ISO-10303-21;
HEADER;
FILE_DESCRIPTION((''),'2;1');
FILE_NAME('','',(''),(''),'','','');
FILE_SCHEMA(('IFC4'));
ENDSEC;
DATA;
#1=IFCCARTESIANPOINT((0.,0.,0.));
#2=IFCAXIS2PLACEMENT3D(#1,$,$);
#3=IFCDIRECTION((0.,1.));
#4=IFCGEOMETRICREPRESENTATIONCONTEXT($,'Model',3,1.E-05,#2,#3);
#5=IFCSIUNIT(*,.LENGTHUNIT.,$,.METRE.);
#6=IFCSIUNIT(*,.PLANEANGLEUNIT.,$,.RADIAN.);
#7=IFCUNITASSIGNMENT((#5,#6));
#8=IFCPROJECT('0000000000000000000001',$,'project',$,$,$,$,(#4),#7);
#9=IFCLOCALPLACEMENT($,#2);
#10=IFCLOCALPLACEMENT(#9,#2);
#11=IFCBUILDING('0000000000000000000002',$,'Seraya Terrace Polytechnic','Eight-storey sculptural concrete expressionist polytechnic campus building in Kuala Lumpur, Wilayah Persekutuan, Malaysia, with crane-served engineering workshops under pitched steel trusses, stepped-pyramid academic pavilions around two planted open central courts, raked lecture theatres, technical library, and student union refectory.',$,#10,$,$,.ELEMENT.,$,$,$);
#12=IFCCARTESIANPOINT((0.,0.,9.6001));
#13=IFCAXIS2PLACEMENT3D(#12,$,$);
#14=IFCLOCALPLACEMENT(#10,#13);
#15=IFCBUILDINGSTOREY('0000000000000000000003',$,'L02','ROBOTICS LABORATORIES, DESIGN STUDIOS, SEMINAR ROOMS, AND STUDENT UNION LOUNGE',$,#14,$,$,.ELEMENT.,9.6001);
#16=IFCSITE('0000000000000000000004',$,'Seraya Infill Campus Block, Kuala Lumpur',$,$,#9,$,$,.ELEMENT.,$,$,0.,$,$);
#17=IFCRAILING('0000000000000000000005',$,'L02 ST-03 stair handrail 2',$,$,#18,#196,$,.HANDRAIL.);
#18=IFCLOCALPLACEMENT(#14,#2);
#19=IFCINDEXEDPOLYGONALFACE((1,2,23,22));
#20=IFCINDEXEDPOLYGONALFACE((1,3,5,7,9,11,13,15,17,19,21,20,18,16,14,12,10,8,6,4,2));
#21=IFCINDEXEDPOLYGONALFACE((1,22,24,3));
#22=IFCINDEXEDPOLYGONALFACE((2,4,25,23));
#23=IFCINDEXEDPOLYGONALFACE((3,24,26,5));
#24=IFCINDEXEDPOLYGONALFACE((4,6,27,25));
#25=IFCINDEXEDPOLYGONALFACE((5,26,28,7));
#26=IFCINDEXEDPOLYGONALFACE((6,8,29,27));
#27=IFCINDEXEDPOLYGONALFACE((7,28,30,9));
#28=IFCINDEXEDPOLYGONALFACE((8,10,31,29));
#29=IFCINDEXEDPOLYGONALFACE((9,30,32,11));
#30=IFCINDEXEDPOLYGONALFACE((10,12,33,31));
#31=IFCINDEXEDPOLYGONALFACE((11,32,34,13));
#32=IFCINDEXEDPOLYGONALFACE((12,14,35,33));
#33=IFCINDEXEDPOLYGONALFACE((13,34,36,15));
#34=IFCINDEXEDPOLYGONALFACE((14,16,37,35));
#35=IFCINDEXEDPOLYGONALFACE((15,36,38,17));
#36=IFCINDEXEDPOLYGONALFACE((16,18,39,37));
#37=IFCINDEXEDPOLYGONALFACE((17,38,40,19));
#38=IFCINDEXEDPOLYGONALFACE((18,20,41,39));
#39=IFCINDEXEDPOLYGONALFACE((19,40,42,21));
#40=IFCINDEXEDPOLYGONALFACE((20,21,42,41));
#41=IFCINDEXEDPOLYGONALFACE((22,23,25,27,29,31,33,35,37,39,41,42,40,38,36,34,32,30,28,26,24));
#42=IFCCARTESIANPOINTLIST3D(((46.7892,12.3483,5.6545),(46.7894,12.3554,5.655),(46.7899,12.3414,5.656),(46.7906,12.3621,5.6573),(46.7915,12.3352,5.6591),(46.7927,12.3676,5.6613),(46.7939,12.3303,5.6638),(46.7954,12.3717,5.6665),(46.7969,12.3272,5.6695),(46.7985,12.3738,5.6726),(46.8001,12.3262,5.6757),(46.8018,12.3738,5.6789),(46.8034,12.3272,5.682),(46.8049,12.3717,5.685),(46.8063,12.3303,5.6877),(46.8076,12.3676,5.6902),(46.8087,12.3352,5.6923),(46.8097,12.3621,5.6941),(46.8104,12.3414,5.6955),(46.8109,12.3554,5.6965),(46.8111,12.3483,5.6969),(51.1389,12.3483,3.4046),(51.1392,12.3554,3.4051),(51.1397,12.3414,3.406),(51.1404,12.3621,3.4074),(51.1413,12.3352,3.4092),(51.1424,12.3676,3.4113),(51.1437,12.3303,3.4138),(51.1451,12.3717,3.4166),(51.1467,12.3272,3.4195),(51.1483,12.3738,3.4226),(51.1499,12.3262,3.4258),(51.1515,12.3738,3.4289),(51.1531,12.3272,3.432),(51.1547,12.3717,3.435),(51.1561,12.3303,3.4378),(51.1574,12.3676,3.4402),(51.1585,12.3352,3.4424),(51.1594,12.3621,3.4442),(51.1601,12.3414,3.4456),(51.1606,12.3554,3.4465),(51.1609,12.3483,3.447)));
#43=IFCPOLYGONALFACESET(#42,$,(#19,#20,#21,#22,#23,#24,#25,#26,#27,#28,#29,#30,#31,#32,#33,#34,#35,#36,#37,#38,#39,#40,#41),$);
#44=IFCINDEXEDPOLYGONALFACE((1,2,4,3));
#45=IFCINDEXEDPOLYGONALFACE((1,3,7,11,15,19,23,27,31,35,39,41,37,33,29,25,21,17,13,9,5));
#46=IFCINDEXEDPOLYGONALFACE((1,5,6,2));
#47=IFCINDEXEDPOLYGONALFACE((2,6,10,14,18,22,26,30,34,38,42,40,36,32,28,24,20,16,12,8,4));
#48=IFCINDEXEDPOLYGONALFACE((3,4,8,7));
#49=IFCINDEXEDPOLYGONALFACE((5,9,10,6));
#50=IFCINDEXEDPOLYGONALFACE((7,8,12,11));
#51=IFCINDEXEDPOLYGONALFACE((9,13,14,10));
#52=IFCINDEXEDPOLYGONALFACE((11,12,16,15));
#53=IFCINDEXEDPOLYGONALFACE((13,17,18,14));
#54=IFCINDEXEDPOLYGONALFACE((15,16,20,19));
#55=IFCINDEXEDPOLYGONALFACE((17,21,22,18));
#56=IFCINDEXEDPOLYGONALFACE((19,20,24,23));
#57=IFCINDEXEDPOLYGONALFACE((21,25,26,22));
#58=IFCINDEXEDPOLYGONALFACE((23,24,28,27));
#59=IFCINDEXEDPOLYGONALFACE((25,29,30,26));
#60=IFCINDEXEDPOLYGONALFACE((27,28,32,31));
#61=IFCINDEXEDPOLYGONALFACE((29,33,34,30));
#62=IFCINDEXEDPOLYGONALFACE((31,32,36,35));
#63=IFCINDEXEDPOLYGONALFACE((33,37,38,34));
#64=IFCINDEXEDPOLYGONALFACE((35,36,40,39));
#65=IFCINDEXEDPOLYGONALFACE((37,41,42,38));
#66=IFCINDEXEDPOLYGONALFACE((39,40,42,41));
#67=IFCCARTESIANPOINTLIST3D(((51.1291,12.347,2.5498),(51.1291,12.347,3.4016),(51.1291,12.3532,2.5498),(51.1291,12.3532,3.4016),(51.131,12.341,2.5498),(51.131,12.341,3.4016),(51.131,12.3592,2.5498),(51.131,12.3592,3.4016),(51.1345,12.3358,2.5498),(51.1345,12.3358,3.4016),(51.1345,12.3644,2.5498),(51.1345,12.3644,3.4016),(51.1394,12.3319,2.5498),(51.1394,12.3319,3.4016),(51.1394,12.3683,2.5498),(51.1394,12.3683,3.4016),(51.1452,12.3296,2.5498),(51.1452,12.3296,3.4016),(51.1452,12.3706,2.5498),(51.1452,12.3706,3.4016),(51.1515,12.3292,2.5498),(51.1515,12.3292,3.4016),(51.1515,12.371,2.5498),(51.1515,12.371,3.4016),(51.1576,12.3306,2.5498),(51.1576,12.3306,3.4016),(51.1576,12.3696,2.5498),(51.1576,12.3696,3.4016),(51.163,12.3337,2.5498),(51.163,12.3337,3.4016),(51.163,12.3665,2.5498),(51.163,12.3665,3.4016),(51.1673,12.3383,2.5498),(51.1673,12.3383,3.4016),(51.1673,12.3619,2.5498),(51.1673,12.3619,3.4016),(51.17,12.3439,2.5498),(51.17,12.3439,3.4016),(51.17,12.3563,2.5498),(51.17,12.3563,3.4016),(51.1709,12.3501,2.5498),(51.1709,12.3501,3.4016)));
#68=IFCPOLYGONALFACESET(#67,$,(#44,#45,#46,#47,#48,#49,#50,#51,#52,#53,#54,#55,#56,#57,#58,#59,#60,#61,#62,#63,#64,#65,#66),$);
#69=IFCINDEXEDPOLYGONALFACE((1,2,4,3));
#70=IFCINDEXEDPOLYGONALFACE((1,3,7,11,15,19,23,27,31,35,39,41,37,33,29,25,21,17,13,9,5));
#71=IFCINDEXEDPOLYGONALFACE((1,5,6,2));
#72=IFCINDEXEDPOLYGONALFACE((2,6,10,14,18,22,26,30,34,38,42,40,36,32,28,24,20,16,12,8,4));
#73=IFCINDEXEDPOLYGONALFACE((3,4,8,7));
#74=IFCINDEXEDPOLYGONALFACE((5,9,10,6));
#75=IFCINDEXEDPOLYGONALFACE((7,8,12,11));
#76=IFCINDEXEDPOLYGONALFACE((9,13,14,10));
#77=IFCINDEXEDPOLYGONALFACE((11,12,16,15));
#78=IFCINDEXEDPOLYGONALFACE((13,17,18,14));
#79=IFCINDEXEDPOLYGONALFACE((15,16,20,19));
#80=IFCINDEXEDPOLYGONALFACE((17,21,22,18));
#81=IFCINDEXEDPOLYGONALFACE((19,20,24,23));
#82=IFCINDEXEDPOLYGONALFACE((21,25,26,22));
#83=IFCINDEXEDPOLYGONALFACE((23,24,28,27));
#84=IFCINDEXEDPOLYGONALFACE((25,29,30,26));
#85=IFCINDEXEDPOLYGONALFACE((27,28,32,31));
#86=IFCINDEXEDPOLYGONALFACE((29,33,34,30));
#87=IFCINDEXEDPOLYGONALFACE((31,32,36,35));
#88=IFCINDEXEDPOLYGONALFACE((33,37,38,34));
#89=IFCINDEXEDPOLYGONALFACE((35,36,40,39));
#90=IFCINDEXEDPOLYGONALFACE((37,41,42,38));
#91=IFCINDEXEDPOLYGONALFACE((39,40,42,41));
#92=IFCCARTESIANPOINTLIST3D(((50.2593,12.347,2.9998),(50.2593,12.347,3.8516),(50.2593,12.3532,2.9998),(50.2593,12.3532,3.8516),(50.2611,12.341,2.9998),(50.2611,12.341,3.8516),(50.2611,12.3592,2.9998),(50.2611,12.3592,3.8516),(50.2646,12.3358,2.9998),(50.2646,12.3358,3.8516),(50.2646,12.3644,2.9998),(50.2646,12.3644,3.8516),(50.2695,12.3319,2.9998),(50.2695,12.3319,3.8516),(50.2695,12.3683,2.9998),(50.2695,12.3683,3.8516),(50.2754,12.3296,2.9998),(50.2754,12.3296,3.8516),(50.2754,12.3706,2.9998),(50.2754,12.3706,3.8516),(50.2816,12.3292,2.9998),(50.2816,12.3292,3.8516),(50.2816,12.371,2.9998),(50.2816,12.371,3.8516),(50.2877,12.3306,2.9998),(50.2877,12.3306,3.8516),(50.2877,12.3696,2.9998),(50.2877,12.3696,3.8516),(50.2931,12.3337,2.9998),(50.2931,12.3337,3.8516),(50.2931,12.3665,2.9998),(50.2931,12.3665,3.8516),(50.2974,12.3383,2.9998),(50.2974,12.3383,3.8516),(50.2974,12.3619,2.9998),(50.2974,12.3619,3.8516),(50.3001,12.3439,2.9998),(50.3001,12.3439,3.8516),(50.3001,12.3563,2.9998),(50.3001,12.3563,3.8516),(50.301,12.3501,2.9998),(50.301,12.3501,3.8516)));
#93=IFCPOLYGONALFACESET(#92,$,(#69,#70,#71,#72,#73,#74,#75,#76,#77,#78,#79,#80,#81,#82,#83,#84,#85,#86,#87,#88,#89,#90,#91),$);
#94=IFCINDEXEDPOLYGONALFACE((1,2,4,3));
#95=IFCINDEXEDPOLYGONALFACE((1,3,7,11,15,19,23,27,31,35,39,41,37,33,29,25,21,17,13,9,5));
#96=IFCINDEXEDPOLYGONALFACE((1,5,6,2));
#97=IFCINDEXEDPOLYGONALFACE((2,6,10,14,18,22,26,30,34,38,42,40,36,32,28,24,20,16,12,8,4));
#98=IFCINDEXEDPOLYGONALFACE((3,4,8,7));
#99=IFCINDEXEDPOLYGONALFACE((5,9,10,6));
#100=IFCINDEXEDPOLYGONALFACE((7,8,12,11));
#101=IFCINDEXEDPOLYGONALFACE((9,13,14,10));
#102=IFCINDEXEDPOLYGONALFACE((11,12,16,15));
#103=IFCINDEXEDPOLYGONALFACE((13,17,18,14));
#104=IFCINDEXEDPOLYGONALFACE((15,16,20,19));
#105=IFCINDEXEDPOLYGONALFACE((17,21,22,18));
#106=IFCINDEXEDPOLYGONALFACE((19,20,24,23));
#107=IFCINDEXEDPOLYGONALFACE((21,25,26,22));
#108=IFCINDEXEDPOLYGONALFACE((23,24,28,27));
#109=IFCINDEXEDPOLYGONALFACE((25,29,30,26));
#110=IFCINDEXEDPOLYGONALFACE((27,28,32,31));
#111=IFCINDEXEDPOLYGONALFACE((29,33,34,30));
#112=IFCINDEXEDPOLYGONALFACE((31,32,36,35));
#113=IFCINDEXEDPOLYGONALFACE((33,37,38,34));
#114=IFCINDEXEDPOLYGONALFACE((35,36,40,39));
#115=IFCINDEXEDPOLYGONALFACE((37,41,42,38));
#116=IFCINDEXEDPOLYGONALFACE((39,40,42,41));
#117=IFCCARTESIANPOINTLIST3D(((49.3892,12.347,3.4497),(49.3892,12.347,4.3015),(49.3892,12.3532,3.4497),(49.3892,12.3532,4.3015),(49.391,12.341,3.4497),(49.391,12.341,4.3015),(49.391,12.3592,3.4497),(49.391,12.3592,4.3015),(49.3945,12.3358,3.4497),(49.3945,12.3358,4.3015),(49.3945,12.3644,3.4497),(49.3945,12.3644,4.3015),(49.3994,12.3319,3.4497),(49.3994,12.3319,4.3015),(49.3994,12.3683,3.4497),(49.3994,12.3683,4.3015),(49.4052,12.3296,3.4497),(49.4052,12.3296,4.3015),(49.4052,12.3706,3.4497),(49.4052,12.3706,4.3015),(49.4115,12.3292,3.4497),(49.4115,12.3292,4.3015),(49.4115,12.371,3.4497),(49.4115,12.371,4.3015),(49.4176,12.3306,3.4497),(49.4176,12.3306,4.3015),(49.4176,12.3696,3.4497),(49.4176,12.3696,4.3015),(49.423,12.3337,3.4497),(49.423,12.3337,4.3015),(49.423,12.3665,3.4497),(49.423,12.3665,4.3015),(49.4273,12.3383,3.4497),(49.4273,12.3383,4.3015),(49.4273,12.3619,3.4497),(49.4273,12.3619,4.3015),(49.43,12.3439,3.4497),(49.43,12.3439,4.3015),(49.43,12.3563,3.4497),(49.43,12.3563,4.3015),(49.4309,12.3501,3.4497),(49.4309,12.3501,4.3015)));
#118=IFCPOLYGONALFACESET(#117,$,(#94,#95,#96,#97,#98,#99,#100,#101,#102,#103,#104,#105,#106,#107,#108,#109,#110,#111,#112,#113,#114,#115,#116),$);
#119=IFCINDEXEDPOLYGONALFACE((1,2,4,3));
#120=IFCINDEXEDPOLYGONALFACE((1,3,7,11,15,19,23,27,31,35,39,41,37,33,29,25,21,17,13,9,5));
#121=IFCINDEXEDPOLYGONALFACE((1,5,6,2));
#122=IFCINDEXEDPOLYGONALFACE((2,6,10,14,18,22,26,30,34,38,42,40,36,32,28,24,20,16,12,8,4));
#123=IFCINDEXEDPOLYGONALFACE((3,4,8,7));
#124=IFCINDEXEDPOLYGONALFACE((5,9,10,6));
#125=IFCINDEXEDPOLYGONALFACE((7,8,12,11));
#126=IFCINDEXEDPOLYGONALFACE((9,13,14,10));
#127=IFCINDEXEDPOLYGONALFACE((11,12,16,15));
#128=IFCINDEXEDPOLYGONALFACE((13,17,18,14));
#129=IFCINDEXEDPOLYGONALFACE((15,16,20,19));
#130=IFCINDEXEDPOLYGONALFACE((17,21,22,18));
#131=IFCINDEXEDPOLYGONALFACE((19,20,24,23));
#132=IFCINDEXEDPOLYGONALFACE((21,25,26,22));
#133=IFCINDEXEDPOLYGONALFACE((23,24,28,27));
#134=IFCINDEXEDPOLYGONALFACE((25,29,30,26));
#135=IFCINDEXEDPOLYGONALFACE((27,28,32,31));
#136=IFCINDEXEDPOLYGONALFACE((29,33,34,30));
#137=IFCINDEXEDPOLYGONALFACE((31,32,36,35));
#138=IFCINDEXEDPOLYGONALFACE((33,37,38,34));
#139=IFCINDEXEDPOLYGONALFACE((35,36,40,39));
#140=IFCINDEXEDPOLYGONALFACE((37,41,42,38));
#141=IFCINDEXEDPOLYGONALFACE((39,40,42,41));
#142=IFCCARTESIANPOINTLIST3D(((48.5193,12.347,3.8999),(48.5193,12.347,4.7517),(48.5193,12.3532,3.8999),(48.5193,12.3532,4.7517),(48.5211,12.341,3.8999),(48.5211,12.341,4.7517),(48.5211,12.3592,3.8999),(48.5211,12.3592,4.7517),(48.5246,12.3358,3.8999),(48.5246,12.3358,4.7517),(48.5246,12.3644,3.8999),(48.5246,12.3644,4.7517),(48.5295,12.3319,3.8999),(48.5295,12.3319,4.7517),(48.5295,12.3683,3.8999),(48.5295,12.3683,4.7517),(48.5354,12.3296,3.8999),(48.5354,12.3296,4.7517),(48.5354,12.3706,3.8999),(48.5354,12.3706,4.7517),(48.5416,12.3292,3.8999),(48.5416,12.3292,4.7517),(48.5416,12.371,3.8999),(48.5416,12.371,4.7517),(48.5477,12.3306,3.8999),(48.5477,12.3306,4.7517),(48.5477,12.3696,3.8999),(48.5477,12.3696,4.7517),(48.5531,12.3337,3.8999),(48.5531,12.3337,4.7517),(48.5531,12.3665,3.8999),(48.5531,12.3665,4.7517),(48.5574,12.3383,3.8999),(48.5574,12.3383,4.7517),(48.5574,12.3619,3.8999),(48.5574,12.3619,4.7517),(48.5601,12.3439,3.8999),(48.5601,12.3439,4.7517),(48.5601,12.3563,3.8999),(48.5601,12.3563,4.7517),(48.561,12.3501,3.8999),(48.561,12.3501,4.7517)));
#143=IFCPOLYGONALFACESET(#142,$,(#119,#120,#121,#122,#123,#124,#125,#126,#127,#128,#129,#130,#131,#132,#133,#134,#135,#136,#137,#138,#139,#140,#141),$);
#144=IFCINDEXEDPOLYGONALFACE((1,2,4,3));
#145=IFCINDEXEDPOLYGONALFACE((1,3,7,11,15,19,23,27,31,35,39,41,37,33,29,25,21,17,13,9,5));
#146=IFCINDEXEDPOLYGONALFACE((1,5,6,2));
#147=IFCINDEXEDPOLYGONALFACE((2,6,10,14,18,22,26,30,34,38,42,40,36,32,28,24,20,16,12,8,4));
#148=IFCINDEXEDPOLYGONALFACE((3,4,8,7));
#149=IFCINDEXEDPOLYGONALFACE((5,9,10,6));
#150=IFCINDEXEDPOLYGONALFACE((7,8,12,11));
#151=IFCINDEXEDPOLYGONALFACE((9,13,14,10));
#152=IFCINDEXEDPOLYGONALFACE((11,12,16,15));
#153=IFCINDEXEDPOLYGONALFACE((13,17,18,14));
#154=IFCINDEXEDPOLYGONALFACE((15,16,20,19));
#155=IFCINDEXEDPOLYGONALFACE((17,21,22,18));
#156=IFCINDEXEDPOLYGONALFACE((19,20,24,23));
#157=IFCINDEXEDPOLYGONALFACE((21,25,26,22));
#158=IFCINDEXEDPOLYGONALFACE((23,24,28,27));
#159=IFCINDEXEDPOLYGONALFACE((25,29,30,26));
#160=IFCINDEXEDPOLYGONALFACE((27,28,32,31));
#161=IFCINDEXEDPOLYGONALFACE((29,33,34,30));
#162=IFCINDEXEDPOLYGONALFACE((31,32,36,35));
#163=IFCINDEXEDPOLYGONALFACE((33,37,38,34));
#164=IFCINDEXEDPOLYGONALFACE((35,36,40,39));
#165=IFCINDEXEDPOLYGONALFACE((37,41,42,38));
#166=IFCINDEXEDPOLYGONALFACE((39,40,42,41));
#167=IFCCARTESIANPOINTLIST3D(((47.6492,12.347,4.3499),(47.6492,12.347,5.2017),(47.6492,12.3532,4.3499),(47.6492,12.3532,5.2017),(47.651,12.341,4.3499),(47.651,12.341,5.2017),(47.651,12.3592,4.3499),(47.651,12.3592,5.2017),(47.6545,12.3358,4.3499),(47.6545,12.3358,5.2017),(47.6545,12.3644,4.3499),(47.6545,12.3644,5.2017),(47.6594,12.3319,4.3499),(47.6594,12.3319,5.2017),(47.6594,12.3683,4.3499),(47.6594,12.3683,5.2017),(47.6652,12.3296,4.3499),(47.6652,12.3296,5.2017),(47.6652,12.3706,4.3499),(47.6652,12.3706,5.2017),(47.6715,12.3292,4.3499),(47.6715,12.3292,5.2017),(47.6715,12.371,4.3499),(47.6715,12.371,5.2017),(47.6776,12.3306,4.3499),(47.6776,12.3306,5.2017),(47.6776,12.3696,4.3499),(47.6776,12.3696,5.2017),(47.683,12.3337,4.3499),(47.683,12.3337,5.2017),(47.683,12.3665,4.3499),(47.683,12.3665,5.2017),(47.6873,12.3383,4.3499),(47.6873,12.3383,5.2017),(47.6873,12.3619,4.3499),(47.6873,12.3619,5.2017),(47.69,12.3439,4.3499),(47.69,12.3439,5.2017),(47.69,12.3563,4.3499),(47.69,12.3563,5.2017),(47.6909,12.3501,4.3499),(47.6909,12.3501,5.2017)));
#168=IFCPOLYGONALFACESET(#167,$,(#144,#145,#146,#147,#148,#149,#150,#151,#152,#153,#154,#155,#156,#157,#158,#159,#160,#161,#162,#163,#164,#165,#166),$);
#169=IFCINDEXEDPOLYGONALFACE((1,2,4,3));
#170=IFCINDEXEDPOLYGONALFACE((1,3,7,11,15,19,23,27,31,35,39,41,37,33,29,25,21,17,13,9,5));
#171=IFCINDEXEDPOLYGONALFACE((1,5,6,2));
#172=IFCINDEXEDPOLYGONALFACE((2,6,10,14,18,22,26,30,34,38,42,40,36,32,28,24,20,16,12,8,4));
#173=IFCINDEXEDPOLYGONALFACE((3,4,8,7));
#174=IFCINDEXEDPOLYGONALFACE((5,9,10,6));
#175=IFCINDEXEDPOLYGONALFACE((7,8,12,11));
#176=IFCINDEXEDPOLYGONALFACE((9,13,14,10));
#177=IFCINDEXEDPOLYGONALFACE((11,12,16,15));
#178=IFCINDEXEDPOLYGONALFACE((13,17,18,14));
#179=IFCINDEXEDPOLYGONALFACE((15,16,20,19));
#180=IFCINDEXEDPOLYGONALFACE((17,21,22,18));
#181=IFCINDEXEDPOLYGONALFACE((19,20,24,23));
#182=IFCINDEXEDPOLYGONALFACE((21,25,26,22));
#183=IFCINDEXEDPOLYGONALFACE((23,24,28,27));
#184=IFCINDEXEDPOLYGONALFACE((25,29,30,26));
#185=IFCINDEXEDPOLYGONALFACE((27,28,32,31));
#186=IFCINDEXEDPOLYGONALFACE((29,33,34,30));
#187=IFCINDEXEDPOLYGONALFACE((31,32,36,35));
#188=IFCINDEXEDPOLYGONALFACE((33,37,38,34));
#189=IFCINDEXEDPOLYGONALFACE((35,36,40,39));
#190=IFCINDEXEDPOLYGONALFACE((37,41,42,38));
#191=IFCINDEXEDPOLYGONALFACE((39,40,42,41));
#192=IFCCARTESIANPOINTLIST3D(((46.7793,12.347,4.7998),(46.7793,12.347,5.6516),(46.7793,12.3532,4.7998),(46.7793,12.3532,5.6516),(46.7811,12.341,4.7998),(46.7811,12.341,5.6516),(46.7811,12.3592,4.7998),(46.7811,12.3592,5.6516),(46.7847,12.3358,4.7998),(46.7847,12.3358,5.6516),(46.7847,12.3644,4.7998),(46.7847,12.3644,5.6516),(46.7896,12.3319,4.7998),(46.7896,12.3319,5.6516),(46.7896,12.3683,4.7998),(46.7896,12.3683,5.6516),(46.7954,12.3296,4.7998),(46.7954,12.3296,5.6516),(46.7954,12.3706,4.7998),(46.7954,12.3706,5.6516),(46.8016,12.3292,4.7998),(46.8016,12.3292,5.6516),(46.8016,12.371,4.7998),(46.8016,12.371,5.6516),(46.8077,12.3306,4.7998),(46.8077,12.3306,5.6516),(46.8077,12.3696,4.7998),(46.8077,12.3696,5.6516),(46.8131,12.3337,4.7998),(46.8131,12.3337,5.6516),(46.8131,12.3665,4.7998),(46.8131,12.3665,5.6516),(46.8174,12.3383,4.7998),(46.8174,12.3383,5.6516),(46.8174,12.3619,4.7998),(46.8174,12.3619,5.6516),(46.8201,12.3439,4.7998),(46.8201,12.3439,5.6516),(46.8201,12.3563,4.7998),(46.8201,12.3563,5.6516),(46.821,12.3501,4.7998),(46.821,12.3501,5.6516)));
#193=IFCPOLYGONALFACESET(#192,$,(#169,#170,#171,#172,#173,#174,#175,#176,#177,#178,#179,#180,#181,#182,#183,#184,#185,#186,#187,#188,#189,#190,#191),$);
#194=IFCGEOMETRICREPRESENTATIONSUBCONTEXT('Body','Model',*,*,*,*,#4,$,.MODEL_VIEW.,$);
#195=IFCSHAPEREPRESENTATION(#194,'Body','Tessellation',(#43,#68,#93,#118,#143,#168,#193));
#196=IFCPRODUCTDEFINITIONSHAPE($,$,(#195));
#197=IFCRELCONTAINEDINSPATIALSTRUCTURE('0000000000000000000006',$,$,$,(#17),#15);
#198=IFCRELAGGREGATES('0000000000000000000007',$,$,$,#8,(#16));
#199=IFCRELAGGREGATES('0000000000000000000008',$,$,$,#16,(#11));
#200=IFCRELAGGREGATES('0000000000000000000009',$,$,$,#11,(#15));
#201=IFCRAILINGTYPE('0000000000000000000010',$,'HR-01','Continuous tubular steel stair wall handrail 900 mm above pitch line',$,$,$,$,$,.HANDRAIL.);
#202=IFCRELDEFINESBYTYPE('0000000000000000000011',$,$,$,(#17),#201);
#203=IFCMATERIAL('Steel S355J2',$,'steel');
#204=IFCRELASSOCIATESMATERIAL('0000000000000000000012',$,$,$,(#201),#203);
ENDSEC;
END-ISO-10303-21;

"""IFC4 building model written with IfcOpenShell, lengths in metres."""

from ifc_helpers import new_model, si_unit, direction, frame, origin, origin_2d, place, context, subcontext, project, spatial, circle, extrude, material, type_object, element, save


model = new_model("IFC4")

# Units and contexts
model_context = context("Model", 3, precision=1e-05, world=origin(), true_north=direction((0.0, 1.0)))
body_context = subcontext(model_context, "Body", "Model", "MODEL_VIEW")
ifc_project = project(units=[si_unit("LENGTHUNIT", "METRE"), si_unit("PLANEANGLEUNIT", "RADIAN")], contexts=[model_context])

# Site, building, storey
site_placement = place(None, origin())
site = spatial("IfcSite", under=ifc_project, at=site_placement, Name="Seraya Infill Campus Block, Kuala Lumpur", CompositionType="ELEMENT", RefElevation=0.0)
building_placement = place(site_placement, origin())
building = spatial("IfcBuilding", under=site, at=building_placement, Name="Seraya Terrace Polytechnic", Description="Eight-storey sculptural concrete expressionist polytechnic campus building in Kuala Lumpur, Wilayah Persekutuan, Malaysia, with crane-served engineering workshops under pitched steel trusses, stepped-pyramid academic pavilions around two planted open central courts, raked lecture theatres, technical library, and student union refectory.", CompositionType="ELEMENT")
storey_placement = place(building_placement, frame((0.0, 0.0, 9.6001)))
storey = spatial("IfcBuildingStorey", under=building, at=storey_placement, Name="L02", Description="ROBOTICS LABORATORIES, DESIGN STUDIOS, SEMINAR ROOMS, AND STUDENT UNION LOUNGE", CompositionType="ELEMENT", Elevation=9.6001)

# Shared definitions
ifc_material_1 = material(Name="Steel S355J2", Category="steel")

# Railing
railing_type_1 = type_object("IfcRailingType", Name="HR-01", Description="Continuous tubular steel stair wall handrail 900 mm above pitch line", PredefinedType="HANDRAIL", material=ifc_material_1)
railing_1_placement = place(storey_placement, frame((51.1499, 12.3501, 2.5498)))
element("IfcRailing", 1, at=railing_1_placement, inside=storey, type_object=railing_type_1, Name="L02 ST-03 stair handrail 2", PredefinedType="HANDRAIL", context=body_context, shape_type="SweptSolid", body=[
    extrude(circle(Radius=0.0239, at=origin_2d()), frame((0.0, 0.0, 0.876), z_axis=(-0.888211, 0.0, 0.459435), x_axis=(0.0, -1.0, 0.0)), (0.0, 0.0, 1.0), 4.8972),
    extrude(circle(Radius=0.021, at=origin_2d()), origin(), (0.0, 0.0, 1.0), 0.8518),
    extrude(circle(Radius=0.021, at=origin_2d()), frame((-0.8699, 0.0, 0.45)), (0.0, 0.0, 1.0), 0.8518),
    extrude(circle(Radius=0.021, at=origin_2d()), frame((-1.74, 0.0, 0.8999)), (0.0, 0.0, 1.0), 0.8518),
    extrude(circle(Radius=0.021, at=origin_2d()), frame((-2.6099, 0.0, 1.3501)), (0.0, 0.0, 1.0), 0.8518),
    extrude(circle(Radius=0.021, at=origin_2d()), frame((-3.48, 0.0, 1.8)), (0.0, 0.0, 1.0), 0.8518),
    extrude(circle(Radius=0.021, at=origin_2d()), frame((-4.3499, 0.0, 2.25)), (0.0, 0.0, 1.0), 0.8518),
])

save(model, "model.ifc")
